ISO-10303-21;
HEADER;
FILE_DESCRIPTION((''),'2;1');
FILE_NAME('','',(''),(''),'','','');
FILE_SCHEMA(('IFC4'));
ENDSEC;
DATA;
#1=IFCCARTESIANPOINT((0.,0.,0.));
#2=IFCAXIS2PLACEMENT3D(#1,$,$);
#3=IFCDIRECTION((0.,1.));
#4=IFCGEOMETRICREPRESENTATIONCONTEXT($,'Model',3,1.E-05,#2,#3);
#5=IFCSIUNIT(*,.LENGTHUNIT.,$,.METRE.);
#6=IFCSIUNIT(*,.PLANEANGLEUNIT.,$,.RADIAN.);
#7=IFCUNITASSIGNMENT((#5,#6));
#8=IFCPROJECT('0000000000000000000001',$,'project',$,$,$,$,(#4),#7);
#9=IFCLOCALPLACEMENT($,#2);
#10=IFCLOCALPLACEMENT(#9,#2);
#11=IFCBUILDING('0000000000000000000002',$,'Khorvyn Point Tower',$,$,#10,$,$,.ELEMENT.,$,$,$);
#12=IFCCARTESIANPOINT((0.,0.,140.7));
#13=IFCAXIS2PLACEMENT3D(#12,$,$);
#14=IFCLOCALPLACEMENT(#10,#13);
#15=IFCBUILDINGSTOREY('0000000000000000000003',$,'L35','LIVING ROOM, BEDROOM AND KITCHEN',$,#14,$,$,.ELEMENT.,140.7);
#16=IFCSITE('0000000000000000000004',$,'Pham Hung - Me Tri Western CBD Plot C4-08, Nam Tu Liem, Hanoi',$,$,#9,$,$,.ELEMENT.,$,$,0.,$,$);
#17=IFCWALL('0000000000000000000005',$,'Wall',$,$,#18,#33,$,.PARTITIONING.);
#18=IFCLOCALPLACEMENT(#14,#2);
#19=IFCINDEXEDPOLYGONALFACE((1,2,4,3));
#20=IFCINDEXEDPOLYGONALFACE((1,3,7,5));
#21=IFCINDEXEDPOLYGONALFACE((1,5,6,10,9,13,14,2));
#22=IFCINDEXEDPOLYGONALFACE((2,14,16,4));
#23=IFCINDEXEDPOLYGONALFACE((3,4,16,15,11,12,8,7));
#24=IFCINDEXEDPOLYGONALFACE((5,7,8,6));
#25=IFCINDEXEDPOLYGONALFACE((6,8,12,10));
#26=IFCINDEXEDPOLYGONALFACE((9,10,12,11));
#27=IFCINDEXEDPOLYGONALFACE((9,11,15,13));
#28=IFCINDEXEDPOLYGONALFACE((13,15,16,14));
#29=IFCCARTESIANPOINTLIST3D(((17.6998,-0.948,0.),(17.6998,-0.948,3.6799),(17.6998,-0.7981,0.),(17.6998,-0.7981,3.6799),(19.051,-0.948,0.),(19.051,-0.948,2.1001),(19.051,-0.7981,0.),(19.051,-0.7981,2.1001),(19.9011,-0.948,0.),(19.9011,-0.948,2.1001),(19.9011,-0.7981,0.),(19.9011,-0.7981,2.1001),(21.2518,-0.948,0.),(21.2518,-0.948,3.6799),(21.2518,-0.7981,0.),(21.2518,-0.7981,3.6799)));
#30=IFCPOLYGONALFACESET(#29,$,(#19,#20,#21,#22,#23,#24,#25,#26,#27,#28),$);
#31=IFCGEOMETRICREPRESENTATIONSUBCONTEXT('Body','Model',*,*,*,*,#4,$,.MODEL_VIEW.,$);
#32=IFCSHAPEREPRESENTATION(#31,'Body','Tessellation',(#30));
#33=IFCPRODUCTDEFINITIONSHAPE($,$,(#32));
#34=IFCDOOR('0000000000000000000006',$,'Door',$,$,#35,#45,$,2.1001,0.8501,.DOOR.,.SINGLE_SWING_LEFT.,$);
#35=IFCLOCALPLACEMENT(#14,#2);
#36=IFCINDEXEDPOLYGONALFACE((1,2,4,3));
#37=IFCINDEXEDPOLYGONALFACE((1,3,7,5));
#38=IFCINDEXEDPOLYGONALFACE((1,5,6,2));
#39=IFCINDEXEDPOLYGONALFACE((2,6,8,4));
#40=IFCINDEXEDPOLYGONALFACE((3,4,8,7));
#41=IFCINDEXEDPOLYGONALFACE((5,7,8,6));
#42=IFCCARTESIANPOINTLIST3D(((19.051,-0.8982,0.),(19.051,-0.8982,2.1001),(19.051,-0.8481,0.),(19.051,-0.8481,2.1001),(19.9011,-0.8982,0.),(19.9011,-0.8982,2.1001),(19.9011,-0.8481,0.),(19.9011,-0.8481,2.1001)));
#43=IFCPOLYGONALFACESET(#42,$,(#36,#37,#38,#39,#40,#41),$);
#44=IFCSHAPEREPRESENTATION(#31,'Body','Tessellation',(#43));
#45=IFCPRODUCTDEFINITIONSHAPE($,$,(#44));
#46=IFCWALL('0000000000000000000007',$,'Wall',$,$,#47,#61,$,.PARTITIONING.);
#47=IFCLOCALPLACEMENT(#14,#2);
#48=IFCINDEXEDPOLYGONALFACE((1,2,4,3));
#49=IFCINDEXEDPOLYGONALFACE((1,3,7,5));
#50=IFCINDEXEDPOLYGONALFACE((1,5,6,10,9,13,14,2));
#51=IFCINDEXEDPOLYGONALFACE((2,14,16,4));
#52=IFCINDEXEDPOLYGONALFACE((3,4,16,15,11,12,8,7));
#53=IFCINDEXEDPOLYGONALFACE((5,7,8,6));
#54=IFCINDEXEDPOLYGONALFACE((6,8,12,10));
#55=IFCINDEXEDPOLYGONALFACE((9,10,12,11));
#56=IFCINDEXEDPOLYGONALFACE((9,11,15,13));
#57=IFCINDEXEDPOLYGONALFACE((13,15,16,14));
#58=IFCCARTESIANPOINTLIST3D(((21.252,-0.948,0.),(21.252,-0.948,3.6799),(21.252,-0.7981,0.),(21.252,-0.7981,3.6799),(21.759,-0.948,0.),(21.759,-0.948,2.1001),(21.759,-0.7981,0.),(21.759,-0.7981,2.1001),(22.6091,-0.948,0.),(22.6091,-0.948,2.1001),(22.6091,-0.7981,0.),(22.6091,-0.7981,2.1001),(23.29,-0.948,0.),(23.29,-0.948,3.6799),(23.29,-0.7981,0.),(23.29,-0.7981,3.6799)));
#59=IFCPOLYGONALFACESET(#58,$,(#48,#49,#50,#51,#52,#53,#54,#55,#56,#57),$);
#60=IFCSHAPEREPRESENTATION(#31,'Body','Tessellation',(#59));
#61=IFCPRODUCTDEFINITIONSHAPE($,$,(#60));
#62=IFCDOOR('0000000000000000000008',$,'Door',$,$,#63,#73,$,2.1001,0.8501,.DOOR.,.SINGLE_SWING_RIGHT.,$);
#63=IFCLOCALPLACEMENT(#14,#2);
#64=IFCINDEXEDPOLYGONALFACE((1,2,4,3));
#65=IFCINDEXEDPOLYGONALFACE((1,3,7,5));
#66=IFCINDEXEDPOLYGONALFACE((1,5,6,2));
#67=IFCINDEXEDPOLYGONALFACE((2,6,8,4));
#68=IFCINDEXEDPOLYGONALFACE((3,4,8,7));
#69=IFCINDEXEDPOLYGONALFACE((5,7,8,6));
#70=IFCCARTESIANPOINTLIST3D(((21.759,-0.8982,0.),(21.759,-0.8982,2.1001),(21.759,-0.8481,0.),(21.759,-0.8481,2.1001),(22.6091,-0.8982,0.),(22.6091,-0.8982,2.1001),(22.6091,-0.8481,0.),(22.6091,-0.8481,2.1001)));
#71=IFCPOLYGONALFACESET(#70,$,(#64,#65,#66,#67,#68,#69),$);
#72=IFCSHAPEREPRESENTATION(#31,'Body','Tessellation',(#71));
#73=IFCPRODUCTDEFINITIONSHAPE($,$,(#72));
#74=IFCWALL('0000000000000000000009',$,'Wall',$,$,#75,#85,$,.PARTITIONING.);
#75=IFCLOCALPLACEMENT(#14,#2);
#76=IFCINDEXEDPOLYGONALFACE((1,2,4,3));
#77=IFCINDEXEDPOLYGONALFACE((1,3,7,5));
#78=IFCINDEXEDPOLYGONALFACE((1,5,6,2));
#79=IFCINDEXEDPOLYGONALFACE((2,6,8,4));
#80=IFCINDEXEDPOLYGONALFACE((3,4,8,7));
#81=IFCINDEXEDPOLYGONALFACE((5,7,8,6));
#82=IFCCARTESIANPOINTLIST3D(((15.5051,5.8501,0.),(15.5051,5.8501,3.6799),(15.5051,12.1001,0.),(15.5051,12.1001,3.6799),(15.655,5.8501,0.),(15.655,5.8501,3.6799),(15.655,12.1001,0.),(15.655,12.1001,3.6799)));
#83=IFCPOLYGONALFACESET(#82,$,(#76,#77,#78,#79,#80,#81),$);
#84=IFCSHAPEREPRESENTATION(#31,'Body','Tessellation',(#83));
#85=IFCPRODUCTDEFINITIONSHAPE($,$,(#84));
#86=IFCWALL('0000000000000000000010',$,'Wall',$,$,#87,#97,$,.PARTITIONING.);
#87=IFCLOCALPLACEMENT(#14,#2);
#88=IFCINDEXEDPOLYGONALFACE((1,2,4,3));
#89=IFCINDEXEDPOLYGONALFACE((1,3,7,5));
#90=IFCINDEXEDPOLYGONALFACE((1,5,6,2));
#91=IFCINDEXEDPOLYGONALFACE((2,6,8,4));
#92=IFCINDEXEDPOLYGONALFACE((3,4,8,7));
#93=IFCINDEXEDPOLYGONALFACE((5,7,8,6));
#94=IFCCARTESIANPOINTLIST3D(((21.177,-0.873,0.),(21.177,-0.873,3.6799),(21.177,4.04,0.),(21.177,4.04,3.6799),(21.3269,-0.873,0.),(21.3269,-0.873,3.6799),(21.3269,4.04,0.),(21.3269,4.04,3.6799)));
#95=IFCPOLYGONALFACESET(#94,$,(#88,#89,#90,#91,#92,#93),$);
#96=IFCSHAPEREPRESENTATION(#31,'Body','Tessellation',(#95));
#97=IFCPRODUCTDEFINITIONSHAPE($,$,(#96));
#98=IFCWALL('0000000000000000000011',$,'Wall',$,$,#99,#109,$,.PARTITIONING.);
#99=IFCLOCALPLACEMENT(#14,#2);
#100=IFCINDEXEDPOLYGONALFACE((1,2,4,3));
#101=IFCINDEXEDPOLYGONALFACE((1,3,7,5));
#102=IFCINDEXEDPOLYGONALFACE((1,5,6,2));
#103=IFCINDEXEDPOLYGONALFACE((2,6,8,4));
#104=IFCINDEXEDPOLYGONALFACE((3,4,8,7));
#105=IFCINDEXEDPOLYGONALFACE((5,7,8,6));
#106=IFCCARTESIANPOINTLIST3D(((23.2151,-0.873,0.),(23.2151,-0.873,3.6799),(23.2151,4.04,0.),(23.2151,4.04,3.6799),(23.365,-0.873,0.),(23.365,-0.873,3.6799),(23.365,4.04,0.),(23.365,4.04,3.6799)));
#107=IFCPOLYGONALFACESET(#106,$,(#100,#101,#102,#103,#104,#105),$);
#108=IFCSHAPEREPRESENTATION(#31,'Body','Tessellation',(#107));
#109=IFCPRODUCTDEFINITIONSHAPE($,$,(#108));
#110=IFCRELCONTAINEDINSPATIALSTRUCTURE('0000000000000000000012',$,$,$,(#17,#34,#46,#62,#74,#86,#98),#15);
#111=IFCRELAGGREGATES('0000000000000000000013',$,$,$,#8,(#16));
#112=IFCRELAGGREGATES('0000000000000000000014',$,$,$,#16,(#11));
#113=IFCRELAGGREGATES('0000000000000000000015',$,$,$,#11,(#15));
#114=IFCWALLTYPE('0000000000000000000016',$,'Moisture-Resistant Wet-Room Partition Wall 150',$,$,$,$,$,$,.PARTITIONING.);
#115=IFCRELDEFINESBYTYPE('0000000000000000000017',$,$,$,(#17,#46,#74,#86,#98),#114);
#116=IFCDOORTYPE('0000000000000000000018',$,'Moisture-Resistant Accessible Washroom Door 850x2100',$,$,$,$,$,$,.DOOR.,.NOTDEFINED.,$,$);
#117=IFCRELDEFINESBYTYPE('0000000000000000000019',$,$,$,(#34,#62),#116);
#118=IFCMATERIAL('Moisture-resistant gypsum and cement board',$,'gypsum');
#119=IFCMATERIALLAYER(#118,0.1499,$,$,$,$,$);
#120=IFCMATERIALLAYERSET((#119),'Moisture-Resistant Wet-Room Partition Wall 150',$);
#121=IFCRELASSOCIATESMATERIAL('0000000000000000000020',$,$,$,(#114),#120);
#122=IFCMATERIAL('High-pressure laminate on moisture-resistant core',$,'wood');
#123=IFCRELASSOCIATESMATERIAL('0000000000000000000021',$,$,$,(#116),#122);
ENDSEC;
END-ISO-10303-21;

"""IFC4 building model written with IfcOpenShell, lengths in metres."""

from ifc_helpers import new_model, si_unit, direction, frame, frame_2d, origin, place, context, subcontext, project, spatial, rectangle, extrude, material, layer, layer_set, type_object, element, fill, save


model = new_model("IFC4")

# Units and contexts
model_context = context("Model", 3, precision=1e-05, world=origin(), true_north=direction((0.0, 1.0)))
body_context = subcontext(model_context, "Body", "Model", "MODEL_VIEW")
ifc_project = project(units=[si_unit("LENGTHUNIT", "METRE"), si_unit("PLANEANGLEUNIT", "RADIAN")], contexts=[model_context])

# Site, building, storey
site_placement = place(None, origin())
site = spatial("IfcSite", under=ifc_project, at=site_placement, Name="Pham Hung - Me Tri Western CBD Plot C4-08, Nam Tu Liem, Hanoi", CompositionType="ELEMENT", RefElevation=0.0)
building_placement = place(site_placement, origin())
building = spatial("IfcBuilding", under=site, at=building_placement, Name="Khorvyn Point Tower", CompositionType="ELEMENT")
storey_placement = place(building_placement, frame((0.0, 0.0, 140.7)))
storey = spatial("IfcBuildingStorey", under=building, at=storey_placement, Name="L35", Description="LIVING ROOM, BEDROOM AND KITCHEN", CompositionType="ELEMENT", Elevation=140.7)

# Walls, openings, doors
ifc_material_1 = material(Name="Moisture-resistant gypsum and cement board", Category="gypsum")
ifc_layer_1 = layer(ifc_material_1, 0.1499)
ifc_layer_set_1 = layer_set([ifc_layer_1], Name="Moisture-Resistant Wet-Room Partition Wall 150")
wall_type_1 = type_object("IfcWallType", Name="Moisture-Resistant Wet-Room Partition Wall 150", PredefinedType="PARTITIONING", material=ifc_layer_set_1)
wall_1_placement = place(storey_placement, frame((17.7, -0.873, 0.0), z_axis=(0.0, 0.0, 1.0), x_axis=(1.0, 0.0, 0.0)))
wall_1 = element("IfcWall", 1, at=wall_1_placement, inside=storey, type_object=wall_type_1, Name="Wall", PredefinedType="PARTITIONING", context=body_context, shape_type="SweptSolid", body=[
    extrude(rectangle(XDim=3.552, YDim=0.1499, at=frame_2d((1.7759, 0.0))), origin(), (0.0, 0.0, 1.0), 3.6799),
])
opening_1_placement = place(wall_1_placement, frame((1.3511, 0.0, 0.0)))
opening_1 = element("IfcOpeningElement", 2, at=opening_1_placement, cuts=wall_1, PredefinedType="OPENING", context=body_context, shape_type="SweptSolid", body=[
    extrude(rectangle(XDim=0.8501, YDim=2.1001, at=frame_2d((0.425, 1.05))), frame((0.0, 0.085, 0.0), z_axis=(0.0, -1.0, 0.0), x_axis=(1.0, 0.0, 0.0)), (0.0, 0.0, 1.0), 0.1699),
])
ifc_material_2 = material(Name="High-pressure laminate on moisture-resistant core", Category="wood")
door_type_1 = type_object("IfcDoorType", Name="Moisture-Resistant Accessible Washroom Door 850x2100", OperationType="NOTDEFINED", PredefinedType="DOOR", material=ifc_material_2)
door_1_placement = place(opening_1_placement, origin())
door_1 = element("IfcDoor", 3, at=door_1_placement, inside=storey, type_object=door_type_1, Name="Door", OperationType="SINGLE_SWING_LEFT", OverallHeight=2.1001, OverallWidth=0.8501, PredefinedType="DOOR", context=body_context, shape_type="SweptSolid", body=[
    extrude(rectangle(XDim=0.8501, YDim=2.1001, at=frame_2d((0.425, 1.05))), frame((0.0, 0.0249, 0.0), z_axis=(0.0, -1.0, 0.0), x_axis=(1.0, 0.0, 0.0)), (0.0, 0.0, 1.0), 0.05),
])
fill(opening_1, door_1)
wall_2_placement = place(storey_placement, frame((21.252, -0.873, 0.0), z_axis=(0.0, 0.0, 1.0), x_axis=(1.0, 0.0, 0.0)))
wall_2 = element("IfcWall", 4, at=wall_2_placement, inside=storey, type_object=wall_type_1, Name="Wall", PredefinedType="PARTITIONING", context=body_context, shape_type="SweptSolid", body=[
    extrude(rectangle(XDim=2.0381, YDim=0.1499, at=frame_2d((1.019, 0.0))), origin(), (0.0, 0.0, 1.0), 3.6799),
])
opening_2_placement = place(wall_2_placement, frame((0.5071, 0.0, 0.0)))
opening_2 = element("IfcOpeningElement", 5, at=opening_2_placement, cuts=wall_2, PredefinedType="OPENING", context=body_context, shape_type="SweptSolid", body=[
    extrude(rectangle(XDim=0.8501, YDim=2.1001, at=frame_2d((0.425, 1.05))), frame((0.0, 0.085, 0.0), z_axis=(0.0, -1.0, 0.0), x_axis=(1.0, 0.0, 0.0)), (0.0, 0.0, 1.0), 0.1699),
])
door_2_placement = place(opening_2_placement, origin())
door_2 = element("IfcDoor", 6, at=door_2_placement, inside=storey, type_object=door_type_1, Name="Door", OperationType="SINGLE_SWING_RIGHT", OverallHeight=2.1001, OverallWidth=0.8501, PredefinedType="DOOR", context=body_context, shape_type="SweptSolid", body=[
    extrude(rectangle(XDim=0.8501, YDim=2.1001, at=frame_2d((0.425, 1.05))), frame((0.0, 0.0249, 0.0), z_axis=(0.0, -1.0, 0.0), x_axis=(1.0, 0.0, 0.0)), (0.0, 0.0, 1.0), 0.05),
])
fill(opening_2, door_2)

# Walls
wall_3_placement = place(storey_placement, frame((15.5801, 5.8501, 0.0), z_axis=(0.0, 0.0, 1.0), x_axis=(0.0, 1.0, 0.0)))
element("IfcWall", 7, at=wall_3_placement, inside=storey, type_object=wall_type_1, Name="Wall", PredefinedType="PARTITIONING", context=body_context, shape_type="SweptSolid", body=[
    extrude(rectangle(XDim=6.25, YDim=0.1499, at=frame_2d((3.125, 0.0))), origin(), (0.0, 0.0, 1.0), 3.6799),
])
for number, where, z_axis, x_axis, name in (
    (8, (21.252, -0.873, 0.0), (0.0, 0.0, 1.0), (0.0, 1.0, 0.0), "Wall"),
    (9, (23.29, -0.873, 0.0), (0.0, 0.0, 1.0), (0.0, 1.0, 0.0), "Wall"),
):
    element("IfcWall", number, at=place(storey_placement, frame(where, z_axis=z_axis, x_axis=x_axis)), inside=storey, type_object=wall_type_1, Name=name, PredefinedType="PARTITIONING", context=body_context, shape_type="SweptSolid", body=[
        extrude(rectangle(XDim=4.9131, YDim=0.1499, at=frame_2d((2.4565, 0.0))), origin(), (0.0, 0.0, 1.0), 3.6799),
    ])

save(model, "model.ifc")
